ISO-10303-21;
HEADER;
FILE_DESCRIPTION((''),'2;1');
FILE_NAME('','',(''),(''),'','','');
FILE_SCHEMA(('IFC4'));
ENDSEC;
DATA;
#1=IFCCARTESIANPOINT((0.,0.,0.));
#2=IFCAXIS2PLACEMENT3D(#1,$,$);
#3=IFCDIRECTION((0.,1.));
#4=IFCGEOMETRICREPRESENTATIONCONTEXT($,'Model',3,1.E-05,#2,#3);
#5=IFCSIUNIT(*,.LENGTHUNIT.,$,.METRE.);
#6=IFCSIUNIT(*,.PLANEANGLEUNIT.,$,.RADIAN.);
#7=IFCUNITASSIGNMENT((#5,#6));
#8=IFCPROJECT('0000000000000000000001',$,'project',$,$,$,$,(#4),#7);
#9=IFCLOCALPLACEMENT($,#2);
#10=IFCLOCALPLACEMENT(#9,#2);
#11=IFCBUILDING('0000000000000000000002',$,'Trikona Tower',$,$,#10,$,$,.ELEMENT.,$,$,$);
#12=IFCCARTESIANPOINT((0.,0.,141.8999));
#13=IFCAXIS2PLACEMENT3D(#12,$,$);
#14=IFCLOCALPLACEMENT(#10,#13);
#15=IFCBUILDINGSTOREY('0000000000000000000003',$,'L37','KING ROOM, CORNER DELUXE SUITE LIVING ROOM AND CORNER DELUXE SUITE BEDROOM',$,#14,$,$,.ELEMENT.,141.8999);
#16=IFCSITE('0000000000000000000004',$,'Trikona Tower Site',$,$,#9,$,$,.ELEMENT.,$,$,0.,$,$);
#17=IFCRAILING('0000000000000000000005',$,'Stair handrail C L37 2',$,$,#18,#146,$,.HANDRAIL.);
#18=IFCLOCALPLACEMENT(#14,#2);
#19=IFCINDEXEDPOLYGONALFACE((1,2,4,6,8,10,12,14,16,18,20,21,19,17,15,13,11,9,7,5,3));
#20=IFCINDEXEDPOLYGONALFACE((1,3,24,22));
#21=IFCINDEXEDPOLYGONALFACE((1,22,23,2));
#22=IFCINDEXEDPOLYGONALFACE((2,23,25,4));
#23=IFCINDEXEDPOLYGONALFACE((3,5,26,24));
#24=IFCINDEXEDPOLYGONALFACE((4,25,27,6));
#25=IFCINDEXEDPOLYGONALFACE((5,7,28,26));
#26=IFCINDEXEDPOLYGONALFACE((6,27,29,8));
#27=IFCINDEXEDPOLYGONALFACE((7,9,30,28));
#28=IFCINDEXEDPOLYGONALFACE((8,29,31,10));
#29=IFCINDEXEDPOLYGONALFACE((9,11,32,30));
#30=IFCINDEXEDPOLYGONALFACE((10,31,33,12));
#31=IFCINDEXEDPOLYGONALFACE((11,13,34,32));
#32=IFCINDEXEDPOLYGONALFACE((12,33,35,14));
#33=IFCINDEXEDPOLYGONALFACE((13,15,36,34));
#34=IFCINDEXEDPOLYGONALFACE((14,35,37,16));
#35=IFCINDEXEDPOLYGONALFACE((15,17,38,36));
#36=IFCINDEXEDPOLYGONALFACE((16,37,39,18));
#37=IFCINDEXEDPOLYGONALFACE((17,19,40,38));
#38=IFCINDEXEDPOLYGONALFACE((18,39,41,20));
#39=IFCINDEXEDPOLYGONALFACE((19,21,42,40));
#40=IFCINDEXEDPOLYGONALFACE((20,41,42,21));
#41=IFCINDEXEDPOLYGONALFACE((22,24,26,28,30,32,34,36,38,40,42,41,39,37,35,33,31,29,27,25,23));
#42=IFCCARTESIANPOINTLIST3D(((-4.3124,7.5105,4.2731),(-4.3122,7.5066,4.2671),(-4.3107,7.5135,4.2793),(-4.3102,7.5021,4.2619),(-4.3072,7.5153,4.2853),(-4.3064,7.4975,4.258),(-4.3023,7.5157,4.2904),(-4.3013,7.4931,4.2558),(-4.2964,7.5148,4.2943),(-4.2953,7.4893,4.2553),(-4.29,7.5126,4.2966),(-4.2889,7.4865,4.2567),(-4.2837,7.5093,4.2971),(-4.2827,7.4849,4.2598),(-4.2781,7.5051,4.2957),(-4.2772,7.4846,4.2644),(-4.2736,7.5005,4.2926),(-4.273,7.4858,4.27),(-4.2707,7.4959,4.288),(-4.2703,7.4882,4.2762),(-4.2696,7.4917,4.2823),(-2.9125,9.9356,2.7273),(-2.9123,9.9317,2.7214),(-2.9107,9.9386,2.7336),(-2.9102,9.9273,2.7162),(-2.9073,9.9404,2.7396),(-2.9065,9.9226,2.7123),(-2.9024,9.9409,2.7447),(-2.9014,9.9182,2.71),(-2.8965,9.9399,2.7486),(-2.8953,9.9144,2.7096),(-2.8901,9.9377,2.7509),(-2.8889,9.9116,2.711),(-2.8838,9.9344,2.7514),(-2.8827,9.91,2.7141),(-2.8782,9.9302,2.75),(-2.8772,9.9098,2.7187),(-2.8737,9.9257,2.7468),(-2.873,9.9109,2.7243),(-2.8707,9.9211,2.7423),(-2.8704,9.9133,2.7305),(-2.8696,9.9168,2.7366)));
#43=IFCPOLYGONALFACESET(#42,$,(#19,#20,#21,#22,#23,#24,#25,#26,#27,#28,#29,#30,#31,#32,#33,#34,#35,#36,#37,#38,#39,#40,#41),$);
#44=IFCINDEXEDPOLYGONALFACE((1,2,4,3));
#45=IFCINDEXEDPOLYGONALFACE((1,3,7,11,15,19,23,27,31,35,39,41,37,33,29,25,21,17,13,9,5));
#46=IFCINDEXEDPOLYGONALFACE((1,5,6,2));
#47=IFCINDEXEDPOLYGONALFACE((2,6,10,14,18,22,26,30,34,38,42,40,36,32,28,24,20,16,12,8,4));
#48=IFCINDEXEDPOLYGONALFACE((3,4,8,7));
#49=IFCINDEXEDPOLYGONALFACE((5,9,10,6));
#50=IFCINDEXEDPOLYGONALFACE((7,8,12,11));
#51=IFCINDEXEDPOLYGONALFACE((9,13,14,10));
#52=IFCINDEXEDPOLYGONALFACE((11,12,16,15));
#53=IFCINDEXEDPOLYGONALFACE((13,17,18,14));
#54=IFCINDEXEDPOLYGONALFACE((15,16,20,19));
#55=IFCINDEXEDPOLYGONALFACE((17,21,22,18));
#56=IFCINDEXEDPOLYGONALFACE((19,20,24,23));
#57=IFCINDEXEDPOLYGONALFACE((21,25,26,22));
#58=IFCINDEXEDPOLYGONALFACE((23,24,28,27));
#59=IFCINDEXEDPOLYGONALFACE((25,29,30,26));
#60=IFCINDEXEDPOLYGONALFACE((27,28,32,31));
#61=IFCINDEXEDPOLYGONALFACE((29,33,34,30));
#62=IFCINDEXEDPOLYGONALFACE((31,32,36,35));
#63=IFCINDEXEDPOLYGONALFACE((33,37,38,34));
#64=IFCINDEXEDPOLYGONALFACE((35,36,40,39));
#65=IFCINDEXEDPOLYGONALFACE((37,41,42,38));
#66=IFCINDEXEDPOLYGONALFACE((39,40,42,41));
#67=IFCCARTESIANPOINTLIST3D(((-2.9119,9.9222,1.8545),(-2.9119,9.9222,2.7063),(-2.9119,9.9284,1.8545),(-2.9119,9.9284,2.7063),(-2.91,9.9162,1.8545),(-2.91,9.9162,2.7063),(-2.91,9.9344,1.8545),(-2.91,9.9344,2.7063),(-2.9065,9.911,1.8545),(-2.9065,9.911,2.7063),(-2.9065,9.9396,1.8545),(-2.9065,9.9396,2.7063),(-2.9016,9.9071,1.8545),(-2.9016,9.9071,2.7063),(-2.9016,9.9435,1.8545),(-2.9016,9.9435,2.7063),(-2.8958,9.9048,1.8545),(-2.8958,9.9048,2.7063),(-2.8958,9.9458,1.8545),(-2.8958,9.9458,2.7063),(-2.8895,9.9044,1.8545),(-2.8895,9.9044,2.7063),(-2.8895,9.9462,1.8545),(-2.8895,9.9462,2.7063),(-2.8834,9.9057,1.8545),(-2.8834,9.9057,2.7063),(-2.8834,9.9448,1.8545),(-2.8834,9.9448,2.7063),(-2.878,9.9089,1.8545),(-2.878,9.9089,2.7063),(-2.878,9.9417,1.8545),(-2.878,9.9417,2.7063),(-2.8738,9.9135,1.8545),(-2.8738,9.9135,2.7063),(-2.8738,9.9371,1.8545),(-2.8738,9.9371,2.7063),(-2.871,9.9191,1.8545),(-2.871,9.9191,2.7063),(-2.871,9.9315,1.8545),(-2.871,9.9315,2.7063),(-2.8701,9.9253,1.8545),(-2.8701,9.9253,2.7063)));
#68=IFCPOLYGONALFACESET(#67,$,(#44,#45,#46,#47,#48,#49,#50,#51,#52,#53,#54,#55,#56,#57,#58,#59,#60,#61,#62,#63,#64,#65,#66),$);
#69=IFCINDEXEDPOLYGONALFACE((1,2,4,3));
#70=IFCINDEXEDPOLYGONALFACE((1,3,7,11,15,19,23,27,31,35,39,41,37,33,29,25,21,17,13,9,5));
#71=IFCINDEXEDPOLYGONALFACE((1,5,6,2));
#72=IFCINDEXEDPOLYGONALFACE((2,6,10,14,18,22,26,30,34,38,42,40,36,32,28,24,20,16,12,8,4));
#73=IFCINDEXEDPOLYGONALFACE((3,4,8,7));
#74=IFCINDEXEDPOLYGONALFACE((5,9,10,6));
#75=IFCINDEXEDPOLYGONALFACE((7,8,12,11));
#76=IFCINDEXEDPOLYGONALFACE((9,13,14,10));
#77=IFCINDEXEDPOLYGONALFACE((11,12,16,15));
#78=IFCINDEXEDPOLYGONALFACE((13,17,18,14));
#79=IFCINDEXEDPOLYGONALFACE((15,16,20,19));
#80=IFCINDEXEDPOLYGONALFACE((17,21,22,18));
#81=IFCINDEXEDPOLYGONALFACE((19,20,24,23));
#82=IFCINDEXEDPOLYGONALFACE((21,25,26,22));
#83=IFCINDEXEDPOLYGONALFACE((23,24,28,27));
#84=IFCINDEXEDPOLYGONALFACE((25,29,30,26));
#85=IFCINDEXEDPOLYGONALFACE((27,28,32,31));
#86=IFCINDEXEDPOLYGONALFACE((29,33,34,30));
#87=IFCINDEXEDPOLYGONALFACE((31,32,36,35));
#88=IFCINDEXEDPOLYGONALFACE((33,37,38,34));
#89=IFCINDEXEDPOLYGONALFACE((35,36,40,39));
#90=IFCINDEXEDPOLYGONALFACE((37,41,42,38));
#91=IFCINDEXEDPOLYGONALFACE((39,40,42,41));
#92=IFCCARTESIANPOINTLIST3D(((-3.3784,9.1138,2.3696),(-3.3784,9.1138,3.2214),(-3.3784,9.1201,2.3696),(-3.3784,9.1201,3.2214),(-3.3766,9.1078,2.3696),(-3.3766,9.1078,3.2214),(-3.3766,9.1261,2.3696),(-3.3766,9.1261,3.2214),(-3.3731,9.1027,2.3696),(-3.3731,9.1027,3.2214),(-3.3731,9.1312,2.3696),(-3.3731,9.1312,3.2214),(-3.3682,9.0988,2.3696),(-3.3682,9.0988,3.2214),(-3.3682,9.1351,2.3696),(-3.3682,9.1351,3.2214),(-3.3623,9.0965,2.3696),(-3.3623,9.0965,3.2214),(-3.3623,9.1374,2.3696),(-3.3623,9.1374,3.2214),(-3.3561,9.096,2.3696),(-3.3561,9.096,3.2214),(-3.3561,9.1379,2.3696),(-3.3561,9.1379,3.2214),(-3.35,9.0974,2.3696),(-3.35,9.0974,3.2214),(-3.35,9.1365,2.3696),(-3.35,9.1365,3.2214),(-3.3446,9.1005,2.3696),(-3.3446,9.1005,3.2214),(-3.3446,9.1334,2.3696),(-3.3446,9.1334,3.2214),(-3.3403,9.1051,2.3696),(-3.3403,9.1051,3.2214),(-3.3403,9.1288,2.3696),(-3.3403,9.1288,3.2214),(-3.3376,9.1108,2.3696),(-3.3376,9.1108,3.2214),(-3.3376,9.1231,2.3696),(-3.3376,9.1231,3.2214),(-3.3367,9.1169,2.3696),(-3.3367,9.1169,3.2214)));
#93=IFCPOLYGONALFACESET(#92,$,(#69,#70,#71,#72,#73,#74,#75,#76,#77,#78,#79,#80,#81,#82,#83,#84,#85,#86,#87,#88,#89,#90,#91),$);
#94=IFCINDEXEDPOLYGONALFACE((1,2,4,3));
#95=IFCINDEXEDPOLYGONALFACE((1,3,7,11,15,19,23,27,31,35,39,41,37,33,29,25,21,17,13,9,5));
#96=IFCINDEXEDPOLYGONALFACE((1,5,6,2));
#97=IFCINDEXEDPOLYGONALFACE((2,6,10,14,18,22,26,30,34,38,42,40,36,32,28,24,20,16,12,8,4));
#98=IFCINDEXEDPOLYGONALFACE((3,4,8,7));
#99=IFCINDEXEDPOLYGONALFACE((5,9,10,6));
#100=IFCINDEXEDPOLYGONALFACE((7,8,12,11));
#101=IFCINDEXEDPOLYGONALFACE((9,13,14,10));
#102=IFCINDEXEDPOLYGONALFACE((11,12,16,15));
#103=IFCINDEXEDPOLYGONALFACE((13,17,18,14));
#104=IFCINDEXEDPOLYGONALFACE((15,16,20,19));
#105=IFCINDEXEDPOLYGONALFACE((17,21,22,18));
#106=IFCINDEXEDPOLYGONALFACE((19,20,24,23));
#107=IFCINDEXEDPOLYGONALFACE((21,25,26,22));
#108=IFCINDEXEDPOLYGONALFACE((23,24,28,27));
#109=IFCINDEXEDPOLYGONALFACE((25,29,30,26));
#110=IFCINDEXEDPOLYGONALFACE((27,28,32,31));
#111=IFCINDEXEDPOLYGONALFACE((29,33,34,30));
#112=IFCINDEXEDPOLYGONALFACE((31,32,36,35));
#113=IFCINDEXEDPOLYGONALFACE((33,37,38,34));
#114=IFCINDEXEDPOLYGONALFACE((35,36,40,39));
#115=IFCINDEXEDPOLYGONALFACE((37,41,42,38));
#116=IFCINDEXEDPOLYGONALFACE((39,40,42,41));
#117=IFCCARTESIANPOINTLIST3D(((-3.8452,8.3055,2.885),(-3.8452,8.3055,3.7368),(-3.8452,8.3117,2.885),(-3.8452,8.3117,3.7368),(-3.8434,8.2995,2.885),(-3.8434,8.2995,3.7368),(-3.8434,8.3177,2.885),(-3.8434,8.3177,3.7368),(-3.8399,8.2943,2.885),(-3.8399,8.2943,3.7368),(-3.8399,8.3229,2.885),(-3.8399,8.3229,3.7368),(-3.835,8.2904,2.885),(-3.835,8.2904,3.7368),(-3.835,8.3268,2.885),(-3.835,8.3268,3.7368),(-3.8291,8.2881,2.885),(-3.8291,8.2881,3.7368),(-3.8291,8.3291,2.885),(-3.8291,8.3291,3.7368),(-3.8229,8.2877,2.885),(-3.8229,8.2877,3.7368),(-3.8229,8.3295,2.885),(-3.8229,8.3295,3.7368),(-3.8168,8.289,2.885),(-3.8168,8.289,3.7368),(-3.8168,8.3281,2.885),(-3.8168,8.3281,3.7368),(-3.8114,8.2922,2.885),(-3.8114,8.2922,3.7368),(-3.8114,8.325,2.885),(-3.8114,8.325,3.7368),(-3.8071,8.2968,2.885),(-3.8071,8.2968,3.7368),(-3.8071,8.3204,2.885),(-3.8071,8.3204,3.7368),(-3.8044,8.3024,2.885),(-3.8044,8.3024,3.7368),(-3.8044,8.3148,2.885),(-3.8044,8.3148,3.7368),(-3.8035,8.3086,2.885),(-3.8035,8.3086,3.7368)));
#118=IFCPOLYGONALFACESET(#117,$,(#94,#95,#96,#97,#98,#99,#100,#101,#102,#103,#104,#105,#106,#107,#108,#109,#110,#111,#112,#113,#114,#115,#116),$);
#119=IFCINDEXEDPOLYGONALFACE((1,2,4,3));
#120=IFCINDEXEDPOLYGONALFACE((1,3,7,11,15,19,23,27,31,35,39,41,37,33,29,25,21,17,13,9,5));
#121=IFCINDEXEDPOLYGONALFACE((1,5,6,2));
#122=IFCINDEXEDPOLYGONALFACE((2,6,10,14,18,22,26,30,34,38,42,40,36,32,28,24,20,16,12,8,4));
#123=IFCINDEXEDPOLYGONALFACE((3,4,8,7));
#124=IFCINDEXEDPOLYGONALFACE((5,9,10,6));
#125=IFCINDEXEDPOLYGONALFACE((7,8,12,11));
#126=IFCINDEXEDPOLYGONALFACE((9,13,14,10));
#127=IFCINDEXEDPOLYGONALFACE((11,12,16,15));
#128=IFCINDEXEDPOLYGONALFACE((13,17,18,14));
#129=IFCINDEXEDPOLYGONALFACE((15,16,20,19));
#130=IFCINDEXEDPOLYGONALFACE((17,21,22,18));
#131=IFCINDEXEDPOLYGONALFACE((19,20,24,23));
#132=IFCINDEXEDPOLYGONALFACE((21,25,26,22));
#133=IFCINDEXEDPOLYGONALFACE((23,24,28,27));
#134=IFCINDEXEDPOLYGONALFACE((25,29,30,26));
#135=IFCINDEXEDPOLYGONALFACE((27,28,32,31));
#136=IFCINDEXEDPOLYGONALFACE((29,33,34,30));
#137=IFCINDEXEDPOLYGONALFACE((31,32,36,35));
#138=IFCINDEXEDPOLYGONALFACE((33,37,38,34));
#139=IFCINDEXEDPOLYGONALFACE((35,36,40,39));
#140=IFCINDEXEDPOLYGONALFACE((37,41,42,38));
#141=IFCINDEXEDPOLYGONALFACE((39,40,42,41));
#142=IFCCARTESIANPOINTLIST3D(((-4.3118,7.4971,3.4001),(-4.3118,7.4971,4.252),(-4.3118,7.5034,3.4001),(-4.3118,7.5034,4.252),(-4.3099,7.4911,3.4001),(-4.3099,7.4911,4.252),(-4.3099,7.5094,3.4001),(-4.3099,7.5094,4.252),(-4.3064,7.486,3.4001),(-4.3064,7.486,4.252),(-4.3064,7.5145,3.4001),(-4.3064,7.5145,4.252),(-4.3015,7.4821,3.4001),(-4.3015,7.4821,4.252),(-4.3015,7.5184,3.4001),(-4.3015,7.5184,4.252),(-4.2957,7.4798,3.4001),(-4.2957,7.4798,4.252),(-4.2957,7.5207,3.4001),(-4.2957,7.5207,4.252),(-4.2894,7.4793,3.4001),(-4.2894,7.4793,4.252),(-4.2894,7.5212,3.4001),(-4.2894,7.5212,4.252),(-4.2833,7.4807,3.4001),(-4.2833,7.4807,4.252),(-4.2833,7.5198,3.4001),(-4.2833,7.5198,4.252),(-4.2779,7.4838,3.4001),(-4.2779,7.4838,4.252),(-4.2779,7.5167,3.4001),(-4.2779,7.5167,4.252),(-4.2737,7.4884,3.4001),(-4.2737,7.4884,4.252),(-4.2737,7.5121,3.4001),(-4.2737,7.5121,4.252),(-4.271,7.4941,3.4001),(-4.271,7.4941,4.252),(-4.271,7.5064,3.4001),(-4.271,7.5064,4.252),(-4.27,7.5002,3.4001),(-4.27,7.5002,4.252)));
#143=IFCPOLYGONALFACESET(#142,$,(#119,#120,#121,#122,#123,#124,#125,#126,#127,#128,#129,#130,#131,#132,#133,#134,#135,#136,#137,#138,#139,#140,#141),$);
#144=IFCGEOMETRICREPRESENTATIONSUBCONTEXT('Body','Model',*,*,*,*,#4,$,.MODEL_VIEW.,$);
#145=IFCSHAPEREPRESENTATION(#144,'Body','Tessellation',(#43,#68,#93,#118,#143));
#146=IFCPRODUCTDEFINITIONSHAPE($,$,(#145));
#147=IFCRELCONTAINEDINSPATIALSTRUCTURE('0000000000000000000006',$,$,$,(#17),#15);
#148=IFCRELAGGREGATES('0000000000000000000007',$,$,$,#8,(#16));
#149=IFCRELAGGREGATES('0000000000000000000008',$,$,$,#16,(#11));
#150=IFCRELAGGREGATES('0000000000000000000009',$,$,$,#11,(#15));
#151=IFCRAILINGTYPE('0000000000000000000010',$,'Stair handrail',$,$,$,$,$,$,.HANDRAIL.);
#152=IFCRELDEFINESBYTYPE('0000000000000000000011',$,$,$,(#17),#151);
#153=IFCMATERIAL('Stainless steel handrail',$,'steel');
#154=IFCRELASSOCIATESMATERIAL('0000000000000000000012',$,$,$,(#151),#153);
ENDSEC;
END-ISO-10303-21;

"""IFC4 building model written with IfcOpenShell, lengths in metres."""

from ifc_helpers import new_model, si_unit, direction, frame, origin, origin_2d, place, context, subcontext, project, spatial, circle, extrude, material, type_object, element, save


model = new_model("IFC4")

# Units and contexts
model_context = context("Model", 3, precision=1e-05, world=origin(), true_north=direction((0.0, 1.0)))
body_context = subcontext(model_context, "Body", "Model", "MODEL_VIEW")
ifc_project = project(units=[si_unit("LENGTHUNIT", "METRE"), si_unit("PLANEANGLEUNIT", "RADIAN")], contexts=[model_context])

# Site, building, storey
site_placement = place(None, origin())
site = spatial("IfcSite", under=ifc_project, at=site_placement, Name="Trikona Tower Site", CompositionType="ELEMENT", RefElevation=0.0)
building_placement = place(site_placement, origin())
building = spatial("IfcBuilding", under=site, at=building_placement, Name="Trikona Tower", CompositionType="ELEMENT")
storey_placement = place(building_placement, frame((0.0, 0.0, 141.8999)))
storey = spatial("IfcBuildingStorey", under=building, at=storey_placement, Name="L37", Description="KING ROOM, CORNER DELUXE SUITE LIVING ROOM AND CORNER DELUXE SUITE BEDROOM", CompositionType="ELEMENT", Elevation=141.8999)

# Railing
ifc_material_1 = material(Name="Stainless steel handrail", Category="steel")
railing_type = type_object("IfcRailingType", Name="Stair handrail", PredefinedType="HANDRAIL", material=ifc_material_1)
railing_1_placement = place(storey_placement, frame((-2.8911, 9.9253, 1.8545)))
element("IfcRailing", 1, at=railing_1_placement, inside=storey, type_object=railing_type, Name="Stair handrail C L37 2", PredefinedType="HANDRAIL", context=body_context, shape_type="SweptSolid", body=[
    extrude(circle(Radius=0.0239, at=origin_2d()), frame((0.0, 0.0, 0.876), z_axis=(-0.437691, -0.758212, 0.483262), x_axis=(0.866056, -0.499946, 0.0)), (0.0, 0.0, 1.0), 3.1985),
    extrude(circle(Radius=0.021, at=origin_2d()), origin(), (0.0, 0.0, 1.0), 0.8518),
    extrude(circle(Radius=0.021, at=origin_2d()), frame((-0.4666, -0.8083, 0.5151)), (0.0, 0.0, 1.0), 0.8518),
    extrude(circle(Radius=0.021, at=origin_2d()), frame((-0.9333, -1.6167, 1.0305)), (0.0, 0.0, 1.0), 0.8518),
    extrude(circle(Radius=0.021, at=origin_2d()), frame((-1.3999, -2.425, 1.5457)), (0.0, 0.0, 1.0), 0.8518),
])

save(model, "model.ifc")
